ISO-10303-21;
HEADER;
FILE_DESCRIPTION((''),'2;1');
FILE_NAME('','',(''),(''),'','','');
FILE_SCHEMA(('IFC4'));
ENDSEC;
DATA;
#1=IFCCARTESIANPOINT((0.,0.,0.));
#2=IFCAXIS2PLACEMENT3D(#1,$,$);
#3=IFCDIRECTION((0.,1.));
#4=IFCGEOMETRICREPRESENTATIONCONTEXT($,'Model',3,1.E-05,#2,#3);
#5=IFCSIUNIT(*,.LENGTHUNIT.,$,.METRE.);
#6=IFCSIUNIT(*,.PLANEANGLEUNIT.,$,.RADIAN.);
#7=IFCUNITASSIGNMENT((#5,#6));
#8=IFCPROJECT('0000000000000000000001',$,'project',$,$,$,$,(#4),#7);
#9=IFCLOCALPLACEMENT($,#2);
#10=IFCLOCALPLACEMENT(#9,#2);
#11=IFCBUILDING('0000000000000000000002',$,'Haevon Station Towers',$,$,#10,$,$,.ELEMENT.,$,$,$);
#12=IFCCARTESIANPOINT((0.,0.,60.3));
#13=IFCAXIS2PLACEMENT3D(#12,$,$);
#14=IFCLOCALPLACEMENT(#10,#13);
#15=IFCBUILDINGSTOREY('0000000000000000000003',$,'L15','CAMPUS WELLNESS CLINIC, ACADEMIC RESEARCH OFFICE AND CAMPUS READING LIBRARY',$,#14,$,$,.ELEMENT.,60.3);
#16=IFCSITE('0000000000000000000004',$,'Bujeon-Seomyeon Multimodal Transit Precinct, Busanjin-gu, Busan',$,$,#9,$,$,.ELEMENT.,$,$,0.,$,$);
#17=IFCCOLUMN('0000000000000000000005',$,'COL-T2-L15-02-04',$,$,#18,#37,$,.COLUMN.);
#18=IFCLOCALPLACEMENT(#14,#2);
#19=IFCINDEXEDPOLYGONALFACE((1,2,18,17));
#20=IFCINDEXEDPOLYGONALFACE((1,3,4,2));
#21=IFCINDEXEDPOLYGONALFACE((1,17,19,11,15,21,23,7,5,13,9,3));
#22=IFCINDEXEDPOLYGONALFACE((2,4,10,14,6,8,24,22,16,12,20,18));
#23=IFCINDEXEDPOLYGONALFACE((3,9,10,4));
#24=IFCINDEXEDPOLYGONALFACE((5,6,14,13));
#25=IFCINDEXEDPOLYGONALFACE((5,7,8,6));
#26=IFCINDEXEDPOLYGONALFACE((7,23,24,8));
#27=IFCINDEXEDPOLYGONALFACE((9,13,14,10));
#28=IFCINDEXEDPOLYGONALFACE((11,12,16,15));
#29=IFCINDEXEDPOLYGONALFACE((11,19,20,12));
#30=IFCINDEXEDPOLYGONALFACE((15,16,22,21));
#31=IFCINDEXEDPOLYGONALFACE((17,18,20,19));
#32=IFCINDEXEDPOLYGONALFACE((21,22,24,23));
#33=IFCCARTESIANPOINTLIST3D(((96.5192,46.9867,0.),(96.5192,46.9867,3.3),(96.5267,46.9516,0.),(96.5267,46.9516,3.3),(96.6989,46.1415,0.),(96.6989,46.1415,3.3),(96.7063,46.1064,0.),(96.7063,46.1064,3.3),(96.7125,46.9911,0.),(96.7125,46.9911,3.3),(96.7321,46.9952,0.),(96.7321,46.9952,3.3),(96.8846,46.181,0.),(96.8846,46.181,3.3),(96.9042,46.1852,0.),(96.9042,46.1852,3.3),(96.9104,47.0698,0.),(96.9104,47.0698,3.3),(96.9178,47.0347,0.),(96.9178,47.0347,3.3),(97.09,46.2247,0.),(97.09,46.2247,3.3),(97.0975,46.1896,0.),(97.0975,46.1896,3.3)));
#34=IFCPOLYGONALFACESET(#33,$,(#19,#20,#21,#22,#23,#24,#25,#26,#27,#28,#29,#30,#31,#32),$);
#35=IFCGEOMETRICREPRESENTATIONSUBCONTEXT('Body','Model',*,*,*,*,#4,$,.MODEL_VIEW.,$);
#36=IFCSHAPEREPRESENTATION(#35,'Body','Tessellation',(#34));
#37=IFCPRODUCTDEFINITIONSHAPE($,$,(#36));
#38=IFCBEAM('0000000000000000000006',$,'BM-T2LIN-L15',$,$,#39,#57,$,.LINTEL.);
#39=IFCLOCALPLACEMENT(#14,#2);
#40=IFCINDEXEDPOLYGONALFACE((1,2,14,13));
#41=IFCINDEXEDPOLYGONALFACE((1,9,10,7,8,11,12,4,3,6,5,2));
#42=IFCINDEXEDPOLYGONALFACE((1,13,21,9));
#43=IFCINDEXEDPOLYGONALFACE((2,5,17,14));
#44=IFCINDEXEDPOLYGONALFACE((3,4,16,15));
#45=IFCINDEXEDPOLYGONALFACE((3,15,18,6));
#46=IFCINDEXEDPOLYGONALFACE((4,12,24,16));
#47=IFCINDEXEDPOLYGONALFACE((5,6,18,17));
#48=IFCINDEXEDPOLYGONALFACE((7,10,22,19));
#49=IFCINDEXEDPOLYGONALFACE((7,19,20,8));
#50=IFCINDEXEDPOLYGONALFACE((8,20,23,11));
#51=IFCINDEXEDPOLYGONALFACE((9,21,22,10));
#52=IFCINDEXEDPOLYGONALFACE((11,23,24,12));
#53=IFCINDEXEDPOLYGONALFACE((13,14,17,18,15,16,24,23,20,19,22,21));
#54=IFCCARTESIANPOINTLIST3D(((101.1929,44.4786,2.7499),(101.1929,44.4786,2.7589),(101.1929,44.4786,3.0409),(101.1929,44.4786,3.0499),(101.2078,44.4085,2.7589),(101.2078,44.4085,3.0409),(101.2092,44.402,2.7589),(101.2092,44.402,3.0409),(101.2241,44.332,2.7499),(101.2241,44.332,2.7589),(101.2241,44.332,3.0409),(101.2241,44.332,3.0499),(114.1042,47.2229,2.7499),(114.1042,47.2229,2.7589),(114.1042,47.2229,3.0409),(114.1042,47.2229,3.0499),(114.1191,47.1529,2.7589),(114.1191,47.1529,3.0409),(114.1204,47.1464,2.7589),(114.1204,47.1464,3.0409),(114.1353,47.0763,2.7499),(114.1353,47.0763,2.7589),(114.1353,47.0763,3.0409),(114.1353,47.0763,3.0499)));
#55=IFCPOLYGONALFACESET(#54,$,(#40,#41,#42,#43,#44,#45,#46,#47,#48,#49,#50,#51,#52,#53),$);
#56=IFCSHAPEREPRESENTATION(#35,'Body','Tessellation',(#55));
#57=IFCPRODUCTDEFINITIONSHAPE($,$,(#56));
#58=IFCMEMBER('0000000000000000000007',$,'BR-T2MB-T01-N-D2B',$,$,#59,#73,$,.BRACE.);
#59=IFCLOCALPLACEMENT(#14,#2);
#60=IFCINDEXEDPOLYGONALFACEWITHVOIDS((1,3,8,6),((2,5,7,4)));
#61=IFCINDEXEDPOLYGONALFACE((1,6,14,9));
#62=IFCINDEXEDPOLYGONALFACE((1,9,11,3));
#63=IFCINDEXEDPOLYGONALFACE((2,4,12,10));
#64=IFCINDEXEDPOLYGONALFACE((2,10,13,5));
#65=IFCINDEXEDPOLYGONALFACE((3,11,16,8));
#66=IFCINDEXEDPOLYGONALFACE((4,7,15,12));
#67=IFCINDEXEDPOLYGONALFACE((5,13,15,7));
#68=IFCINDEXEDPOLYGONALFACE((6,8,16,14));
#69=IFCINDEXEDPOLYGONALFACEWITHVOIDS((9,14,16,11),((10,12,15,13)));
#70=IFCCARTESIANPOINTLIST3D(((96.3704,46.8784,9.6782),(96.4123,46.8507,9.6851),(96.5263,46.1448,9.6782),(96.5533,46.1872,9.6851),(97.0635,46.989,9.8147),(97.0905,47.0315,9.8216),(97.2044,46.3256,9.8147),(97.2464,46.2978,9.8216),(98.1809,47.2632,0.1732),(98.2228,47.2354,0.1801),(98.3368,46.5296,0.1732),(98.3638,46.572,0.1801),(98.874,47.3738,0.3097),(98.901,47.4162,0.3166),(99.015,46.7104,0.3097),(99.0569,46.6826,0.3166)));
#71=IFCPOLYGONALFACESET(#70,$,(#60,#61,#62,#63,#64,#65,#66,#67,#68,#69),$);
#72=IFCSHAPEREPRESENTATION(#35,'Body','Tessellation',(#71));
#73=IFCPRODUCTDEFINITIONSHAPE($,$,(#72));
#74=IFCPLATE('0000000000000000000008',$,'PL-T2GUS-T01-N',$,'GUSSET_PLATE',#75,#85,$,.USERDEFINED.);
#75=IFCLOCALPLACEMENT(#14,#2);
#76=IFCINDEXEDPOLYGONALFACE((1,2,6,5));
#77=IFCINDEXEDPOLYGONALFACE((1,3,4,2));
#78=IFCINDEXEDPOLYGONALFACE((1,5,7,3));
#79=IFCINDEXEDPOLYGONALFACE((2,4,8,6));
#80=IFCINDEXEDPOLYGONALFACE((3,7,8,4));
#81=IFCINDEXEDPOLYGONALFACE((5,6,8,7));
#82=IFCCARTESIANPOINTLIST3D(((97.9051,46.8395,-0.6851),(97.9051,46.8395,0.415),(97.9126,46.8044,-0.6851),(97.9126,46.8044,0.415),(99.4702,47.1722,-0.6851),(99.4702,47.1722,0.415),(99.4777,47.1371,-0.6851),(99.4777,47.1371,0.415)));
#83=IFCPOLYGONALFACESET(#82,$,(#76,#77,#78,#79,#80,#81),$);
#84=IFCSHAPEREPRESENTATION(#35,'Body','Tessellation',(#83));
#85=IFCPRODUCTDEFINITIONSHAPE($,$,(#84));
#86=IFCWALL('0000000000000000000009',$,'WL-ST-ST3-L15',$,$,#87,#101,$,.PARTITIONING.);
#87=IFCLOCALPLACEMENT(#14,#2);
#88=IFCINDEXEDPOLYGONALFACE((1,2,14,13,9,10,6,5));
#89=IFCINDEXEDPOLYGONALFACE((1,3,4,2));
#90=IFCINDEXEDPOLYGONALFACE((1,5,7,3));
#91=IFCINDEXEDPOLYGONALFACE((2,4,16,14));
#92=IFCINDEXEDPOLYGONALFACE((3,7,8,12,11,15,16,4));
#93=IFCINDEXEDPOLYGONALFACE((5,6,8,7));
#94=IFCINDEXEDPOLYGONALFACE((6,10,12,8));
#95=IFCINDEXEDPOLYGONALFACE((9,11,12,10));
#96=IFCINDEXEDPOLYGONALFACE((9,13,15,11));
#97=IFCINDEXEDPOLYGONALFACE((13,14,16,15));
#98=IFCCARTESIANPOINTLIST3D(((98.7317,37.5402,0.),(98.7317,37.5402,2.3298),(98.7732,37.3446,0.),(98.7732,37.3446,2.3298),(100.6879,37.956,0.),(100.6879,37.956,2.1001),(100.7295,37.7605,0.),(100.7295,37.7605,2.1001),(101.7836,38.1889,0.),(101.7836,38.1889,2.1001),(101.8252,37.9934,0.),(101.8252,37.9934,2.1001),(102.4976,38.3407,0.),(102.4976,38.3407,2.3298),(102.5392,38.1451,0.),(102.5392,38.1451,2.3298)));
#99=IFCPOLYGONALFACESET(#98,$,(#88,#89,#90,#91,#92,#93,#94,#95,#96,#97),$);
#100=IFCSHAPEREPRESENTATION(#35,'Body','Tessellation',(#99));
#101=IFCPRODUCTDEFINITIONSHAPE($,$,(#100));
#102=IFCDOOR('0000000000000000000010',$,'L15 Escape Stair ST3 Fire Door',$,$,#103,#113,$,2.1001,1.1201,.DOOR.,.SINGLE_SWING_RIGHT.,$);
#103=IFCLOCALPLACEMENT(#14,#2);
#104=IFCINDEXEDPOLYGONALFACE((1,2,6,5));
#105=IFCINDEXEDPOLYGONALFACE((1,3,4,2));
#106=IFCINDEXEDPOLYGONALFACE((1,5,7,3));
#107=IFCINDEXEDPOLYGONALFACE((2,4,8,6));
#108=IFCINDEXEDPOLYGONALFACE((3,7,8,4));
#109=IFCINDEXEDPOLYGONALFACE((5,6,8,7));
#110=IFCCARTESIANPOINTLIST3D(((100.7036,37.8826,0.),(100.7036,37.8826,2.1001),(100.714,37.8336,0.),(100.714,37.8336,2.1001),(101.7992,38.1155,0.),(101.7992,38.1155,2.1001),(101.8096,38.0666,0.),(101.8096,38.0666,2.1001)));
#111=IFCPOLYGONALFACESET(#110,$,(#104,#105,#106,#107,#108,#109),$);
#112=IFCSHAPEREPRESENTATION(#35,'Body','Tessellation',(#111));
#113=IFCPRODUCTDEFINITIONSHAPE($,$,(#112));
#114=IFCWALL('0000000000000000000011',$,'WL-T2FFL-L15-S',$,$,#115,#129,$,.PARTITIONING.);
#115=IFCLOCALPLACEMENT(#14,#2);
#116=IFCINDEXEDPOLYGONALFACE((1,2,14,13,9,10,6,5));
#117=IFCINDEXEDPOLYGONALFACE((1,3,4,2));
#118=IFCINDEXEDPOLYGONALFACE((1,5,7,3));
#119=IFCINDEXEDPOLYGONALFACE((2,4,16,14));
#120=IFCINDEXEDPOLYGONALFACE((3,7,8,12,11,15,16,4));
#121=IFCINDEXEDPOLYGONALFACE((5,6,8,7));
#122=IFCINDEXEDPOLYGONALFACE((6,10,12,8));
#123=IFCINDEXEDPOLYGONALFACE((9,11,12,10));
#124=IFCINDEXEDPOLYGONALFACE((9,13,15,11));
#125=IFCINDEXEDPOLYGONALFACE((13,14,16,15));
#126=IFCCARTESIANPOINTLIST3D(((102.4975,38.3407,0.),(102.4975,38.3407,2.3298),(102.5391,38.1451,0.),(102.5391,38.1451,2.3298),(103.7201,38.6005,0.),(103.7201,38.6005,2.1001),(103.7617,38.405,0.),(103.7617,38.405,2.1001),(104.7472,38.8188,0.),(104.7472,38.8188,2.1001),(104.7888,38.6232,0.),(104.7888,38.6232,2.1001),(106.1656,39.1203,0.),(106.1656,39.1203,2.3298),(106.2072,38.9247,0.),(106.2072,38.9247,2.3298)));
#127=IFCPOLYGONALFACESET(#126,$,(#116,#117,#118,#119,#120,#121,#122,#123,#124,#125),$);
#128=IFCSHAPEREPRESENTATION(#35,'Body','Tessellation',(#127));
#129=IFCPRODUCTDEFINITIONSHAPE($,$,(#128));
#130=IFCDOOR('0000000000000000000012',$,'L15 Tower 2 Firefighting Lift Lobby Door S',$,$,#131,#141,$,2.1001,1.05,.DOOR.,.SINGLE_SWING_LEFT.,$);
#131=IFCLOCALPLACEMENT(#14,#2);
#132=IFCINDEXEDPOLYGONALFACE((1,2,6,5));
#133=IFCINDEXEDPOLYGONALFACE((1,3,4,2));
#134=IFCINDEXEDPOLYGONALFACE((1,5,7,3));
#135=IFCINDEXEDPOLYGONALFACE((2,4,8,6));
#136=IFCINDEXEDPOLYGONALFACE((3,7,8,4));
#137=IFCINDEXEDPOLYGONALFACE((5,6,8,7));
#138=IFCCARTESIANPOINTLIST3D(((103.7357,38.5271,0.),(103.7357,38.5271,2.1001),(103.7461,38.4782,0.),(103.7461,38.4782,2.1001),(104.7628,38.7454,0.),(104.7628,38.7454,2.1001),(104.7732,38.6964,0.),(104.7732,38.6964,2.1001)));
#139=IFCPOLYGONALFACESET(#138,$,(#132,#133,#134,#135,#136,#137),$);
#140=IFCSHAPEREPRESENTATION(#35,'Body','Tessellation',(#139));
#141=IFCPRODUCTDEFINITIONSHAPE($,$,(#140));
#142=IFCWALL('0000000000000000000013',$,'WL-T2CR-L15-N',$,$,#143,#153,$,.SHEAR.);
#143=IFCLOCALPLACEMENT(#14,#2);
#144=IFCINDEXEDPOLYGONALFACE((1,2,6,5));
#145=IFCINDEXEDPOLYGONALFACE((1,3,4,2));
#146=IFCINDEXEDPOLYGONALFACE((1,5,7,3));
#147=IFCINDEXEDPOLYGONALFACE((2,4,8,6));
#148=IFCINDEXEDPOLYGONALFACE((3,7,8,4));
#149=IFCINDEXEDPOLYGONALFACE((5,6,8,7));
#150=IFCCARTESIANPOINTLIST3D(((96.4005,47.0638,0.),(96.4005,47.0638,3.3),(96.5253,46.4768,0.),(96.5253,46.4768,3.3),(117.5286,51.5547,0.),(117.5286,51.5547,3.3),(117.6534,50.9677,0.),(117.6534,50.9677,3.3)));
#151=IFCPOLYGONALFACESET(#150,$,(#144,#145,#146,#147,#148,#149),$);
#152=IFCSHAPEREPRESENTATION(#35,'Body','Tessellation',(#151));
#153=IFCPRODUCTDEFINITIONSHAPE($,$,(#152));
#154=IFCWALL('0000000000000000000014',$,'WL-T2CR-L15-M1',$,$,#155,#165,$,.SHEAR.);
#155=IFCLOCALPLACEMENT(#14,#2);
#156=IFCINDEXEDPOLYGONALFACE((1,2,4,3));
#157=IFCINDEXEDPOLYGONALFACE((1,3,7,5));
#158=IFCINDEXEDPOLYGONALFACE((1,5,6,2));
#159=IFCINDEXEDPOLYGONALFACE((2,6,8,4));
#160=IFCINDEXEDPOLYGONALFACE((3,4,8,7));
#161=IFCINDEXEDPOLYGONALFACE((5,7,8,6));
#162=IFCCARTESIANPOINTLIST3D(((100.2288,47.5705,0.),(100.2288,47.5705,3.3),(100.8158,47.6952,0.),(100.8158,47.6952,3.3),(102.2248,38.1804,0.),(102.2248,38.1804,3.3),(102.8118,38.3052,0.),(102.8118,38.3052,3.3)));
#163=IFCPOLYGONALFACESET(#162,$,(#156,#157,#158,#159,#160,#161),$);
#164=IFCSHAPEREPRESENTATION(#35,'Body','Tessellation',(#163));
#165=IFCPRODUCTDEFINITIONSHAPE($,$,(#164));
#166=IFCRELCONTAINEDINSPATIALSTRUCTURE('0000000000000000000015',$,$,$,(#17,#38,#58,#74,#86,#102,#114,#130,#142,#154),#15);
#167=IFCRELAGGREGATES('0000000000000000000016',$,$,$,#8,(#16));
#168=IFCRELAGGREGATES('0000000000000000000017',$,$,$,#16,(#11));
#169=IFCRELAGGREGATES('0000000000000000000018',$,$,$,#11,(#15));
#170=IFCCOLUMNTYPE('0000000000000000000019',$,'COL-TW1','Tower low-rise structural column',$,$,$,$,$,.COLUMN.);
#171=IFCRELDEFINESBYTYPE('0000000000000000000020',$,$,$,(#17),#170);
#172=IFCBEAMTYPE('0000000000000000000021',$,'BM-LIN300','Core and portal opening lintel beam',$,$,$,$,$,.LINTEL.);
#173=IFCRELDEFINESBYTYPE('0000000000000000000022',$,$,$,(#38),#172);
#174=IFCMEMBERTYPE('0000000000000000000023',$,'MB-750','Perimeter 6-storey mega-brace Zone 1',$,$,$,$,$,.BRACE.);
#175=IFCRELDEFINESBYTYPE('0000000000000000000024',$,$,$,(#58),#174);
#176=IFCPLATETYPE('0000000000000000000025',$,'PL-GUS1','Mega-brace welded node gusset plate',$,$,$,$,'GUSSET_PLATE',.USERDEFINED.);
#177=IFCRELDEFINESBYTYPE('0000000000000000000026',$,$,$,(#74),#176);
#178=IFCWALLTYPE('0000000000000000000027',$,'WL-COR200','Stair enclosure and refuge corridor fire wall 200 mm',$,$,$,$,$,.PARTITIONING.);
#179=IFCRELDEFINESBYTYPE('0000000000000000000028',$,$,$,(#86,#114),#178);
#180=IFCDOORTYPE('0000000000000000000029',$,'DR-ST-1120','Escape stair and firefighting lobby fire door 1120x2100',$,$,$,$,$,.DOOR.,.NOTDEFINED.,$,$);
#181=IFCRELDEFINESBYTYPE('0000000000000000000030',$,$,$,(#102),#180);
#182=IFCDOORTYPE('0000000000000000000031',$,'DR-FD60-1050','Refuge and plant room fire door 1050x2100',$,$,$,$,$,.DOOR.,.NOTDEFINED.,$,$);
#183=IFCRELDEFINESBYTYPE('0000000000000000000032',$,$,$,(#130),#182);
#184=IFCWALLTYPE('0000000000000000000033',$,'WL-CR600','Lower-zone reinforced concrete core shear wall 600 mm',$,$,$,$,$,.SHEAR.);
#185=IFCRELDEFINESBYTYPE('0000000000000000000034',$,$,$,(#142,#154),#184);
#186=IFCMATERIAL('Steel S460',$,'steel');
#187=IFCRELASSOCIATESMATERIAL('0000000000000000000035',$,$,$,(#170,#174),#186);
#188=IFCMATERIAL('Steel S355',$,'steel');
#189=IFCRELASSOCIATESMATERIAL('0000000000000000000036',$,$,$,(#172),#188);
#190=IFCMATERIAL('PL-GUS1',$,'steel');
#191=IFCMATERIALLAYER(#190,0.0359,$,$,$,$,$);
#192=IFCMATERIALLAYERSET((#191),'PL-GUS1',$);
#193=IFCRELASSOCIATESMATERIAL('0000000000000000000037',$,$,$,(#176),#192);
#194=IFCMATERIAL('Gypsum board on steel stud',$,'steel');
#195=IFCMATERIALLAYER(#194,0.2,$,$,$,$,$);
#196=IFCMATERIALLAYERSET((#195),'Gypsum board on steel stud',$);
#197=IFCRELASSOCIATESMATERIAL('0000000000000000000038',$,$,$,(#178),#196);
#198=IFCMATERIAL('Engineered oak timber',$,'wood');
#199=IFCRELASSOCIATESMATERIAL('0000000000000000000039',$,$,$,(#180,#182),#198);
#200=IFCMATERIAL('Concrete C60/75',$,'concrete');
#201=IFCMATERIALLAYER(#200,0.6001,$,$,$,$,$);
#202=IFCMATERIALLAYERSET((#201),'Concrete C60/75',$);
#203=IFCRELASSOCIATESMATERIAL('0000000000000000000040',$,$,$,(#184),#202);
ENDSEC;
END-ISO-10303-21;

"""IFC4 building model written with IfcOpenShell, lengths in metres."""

from ifc_helpers import new_model, si_unit, direction, frame, frame_2d, origin, origin_2d, place, context, subcontext, project, spatial, rectangle, hollow_rectangle, i_section, extrude, material, layer, layer_set, material_profile, profile_set, type_object, element, fill, save


model = new_model("IFC4")

# Units and contexts
model_context = context("Model", 3, precision=1e-05, world=origin(), true_north=direction((0.0, 1.0)))
body_context = subcontext(model_context, "Body", "Model", "MODEL_VIEW")
ifc_project = project(units=[si_unit("LENGTHUNIT", "METRE"), si_unit("PLANEANGLEUNIT", "RADIAN")], contexts=[model_context])

# Site, building, storey
site_placement = place(None, origin())
site = spatial("IfcSite", under=ifc_project, at=site_placement, Name="Bujeon-Seomyeon Multimodal Transit Precinct, Busanjin-gu, Busan", CompositionType="ELEMENT", RefElevation=0.0)
building_placement = place(site_placement, origin())
building = spatial("IfcBuilding", under=site, at=building_placement, Name="Haevon Station Towers", CompositionType="ELEMENT")
storey_placement = place(building_placement, frame((0.0, 0.0, 60.3)))
storey = spatial("IfcBuildingStorey", under=building, at=storey_placement, Name="L15", Description="CAMPUS WELLNESS CLINIC, ACADEMIC RESEARCH OFFICE AND CAMPUS READING LIBRARY", CompositionType="ELEMENT", Elevation=60.3)

# Column
ifc_material_1 = material(Name="Steel S460", Category="steel")
ifc_material_profile_1 = material_profile(ifc_material_1, i_section(OverallWidth=0.3999, OverallDepth=0.8999, WebThickness=0.02, FlangeThickness=0.0359, at=origin_2d()), Name="H-900x400x20x36")
ifc_profile_set_1 = profile_set([ifc_material_profile_1], Name="Steel S460")
column_type = type_object("IfcColumnType", Name="COL-TW1", Description="Tower low-rise structural column", PredefinedType="COLUMN", material=ifc_profile_set_1)
column_placement = place(storey_placement, frame((96.8083, 46.5881, 0.0), z_axis=(0.0, 0.0, 1.0), x_axis=(0.978148, 0.207912, 0.0)))
element("IfcColumn", 1, at=column_placement, inside=storey, type_object=column_type, Name="COL-T2-L15-02-04", PredefinedType="COLUMN", context=body_context, shape_type="SweptSolid", body=[
    extrude(i_section(OverallWidth=0.3999, OverallDepth=0.8999, WebThickness=0.02, FlangeThickness=0.0359, at=origin_2d()), origin(), (0.0, 0.0, 1.0), 3.3),
])

# Beam
ifc_material_2 = material(Name="Steel S355", Category="steel")
ifc_material_profile_2 = material_profile(ifc_material_2, i_section(OverallWidth=0.1499, OverallDepth=0.3, WebThickness=0.0066, FlangeThickness=0.009, at=origin_2d()), Name="H-300x150x6.5x9")
ifc_profile_set_2 = profile_set([ifc_material_profile_2], Name="Steel S355")
beam_type = type_object("IfcBeamType", Name="BM-LIN300", Description="Core and portal opening lintel beam", PredefinedType="LINTEL", material=ifc_profile_set_2)
beam_placement = place(storey_placement, frame((101.2085, 44.4053, 2.8999), z_axis=(0.978148, 0.207911, 0.0), x_axis=(-0.207911, 0.978148, 0.0)))
element("IfcBeam", 2, at=beam_placement, inside=storey, type_object=beam_type, Name="BM-T2LIN-L15", PredefinedType="LINTEL", context=body_context, shape_type="SweptSolid", body=[
    extrude(i_section(OverallWidth=0.1499, OverallDepth=0.3, WebThickness=0.0066, FlangeThickness=0.009, at=origin_2d()), origin(), (0.0, 0.0, 1.0), 13.1997),
])

# Member
ifc_material_profile_3 = material_profile(ifc_material_1, hollow_rectangle(XDim=0.75, YDim=0.75, WallThickness=0.0359, at=origin_2d()), Name="RHS-750x750x36")
ifc_profile_set_3 = profile_set([ifc_material_profile_3], Name="Steel S460")
member_type = type_object("IfcMemberType", Name="MB-750", Description="Perimeter 6-storey mega-brace Zone 1", PredefinedType="BRACE", material=ifc_profile_set_3)
member_placement = place(storey_placement, frame((98.6189, 46.9729, 0.2449), z_axis=(-0.186969, -0.039733, 0.981562), x_axis=(0.207871, -0.978156, 0.0)))
element("IfcMember", 3, at=member_placement, inside=storey, type_object=member_type, Name="BR-T2MB-T01-N-D2B", PredefinedType="BRACE", context=body_context, shape_type="SweptSolid", body=[
    extrude(hollow_rectangle(XDim=0.75, YDim=0.75, WallThickness=0.0359, at=origin_2d()), origin(), (0.0, 0.0, 1.0), 9.6836),
])

# Plate
ifc_material_3 = material(Name="PL-GUS1", Category="steel")
ifc_layer_1 = layer(ifc_material_3, 0.0359)
ifc_layer_set_1 = layer_set([ifc_layer_1], Name="PL-GUS1")
plate_type = type_object("IfcPlateType", Name="PL-GUS1", Description="Mega-brace welded node gusset plate", ElementType="GUSSET_PLATE", PredefinedType="USERDEFINED", material=ifc_layer_set_1)
plate_placement = place(storey_placement, frame((98.6914, 46.9883, -0.6851), z_axis=(0.0, 0.0, 1.0), x_axis=(0.978148, 0.207912, 0.0)))
element("IfcPlate", 4, at=plate_placement, inside=storey, type_object=plate_type, Name="PL-T2GUS-T01-N", ObjectType="GUSSET_PLATE", PredefinedType="USERDEFINED", context=body_context, shape_type="SweptSolid", body=[
    extrude(rectangle(XDim=1.6001, YDim=0.0359, at=origin_2d()), origin(), (0.0, 0.0, 1.0), 1.1001),
])

# Walls, openings, doors
ifc_material_4 = material(Name="Gypsum board on steel stud", Category="steel")
ifc_layer_2 = layer(ifc_material_4, 0.2)
ifc_layer_set_2 = layer_set([ifc_layer_2], Name="Gypsum board on steel stud")
wall_type_1 = type_object("IfcWallType", Name="WL-COR200", Description="Stair enclosure and refuge corridor fire wall 200 mm", PredefinedType="PARTITIONING", material=ifc_layer_set_2)
wall_1_placement = place(storey_placement, frame((98.7524, 37.4424, 0.0), z_axis=(0.0, 0.0, 1.0), x_axis=(0.978144, 0.207931, 0.0)))
wall_1 = element("IfcWall", 5, at=wall_1_placement, inside=storey, type_object=wall_type_1, Name="WL-ST-ST3-L15", PredefinedType="PARTITIONING", context=body_context, shape_type="SweptSolid", body=[
    extrude(rectangle(XDim=3.8501, YDim=0.2, at=frame_2d((1.925, 0.0))), origin(), (0.0, 0.0, 1.0), 2.3298),
])
opening_1_placement = place(wall_1_placement, frame((2.0, 0.0, 0.0)))
opening_1 = element("IfcOpeningElement", 6, at=opening_1_placement, cuts=wall_1, PredefinedType="OPENING", context=body_context, shape_type="SweptSolid", body=[
    extrude(rectangle(XDim=1.1201, YDim=2.1001, at=frame_2d((0.5601, 1.05))), frame((0.0, 0.1099, 0.0), z_axis=(0.0, -1.0, 0.0), x_axis=(1.0, 0.0, 0.0)), (0.0, 0.0, 1.0), 0.22),
])
ifc_material_5 = material(Name="Engineered oak timber", Category="wood")
door_type_1 = type_object("IfcDoorType", Name="DR-ST-1120", Description="Escape stair and firefighting lobby fire door 1120x2100", OperationType="NOTDEFINED", PredefinedType="DOOR", material=ifc_material_5)
door_1_placement = place(opening_1_placement, origin())
door_1 = element("IfcDoor", 7, at=door_1_placement, inside=storey, type_object=door_type_1, Name="L15 Escape Stair ST3 Fire Door", OperationType="SINGLE_SWING_RIGHT", OverallHeight=2.1001, OverallWidth=1.1201, PredefinedType="DOOR", context=body_context, shape_type="SweptSolid", body=[
    extrude(rectangle(XDim=1.1201, YDim=2.1001, at=frame_2d((0.5601, 1.05))), frame((0.0, 0.0249, 0.0), z_axis=(0.0, -1.0, 0.0), x_axis=(1.0, 0.0, 0.0)), (0.0, 0.0, 1.0), 0.05),
])
fill(opening_1, door_1)
wall_2_placement = place(storey_placement, frame((102.5183, 38.2429, 0.0), z_axis=(0.0, 0.0, 1.0), x_axis=(0.978154, 0.207884, 0.0)))
wall_2 = element("IfcWall", 8, at=wall_2_placement, inside=storey, type_object=wall_type_1, Name="WL-T2FFL-L15-S", PredefinedType="PARTITIONING", context=body_context, shape_type="SweptSolid", body=[
    extrude(rectangle(XDim=3.75, YDim=0.2, at=frame_2d((1.875, 0.0))), origin(), (0.0, 0.0, 1.0), 2.3298),
])
opening_2_placement = place(wall_2_placement, frame((1.25, 0.0, 0.0)))
opening_2 = element("IfcOpeningElement", 9, at=opening_2_placement, cuts=wall_2, PredefinedType="OPENING", context=body_context, shape_type="SweptSolid", body=[
    extrude(rectangle(XDim=1.05, YDim=2.1001, at=frame_2d((0.5249, 1.05))), frame((0.0, 0.1099, 0.0), z_axis=(0.0, -1.0, 0.0), x_axis=(1.0, 0.0, 0.0)), (0.0, 0.0, 1.0), 0.22),
])
door_type_2 = type_object("IfcDoorType", Name="DR-FD60-1050", Description="Refuge and plant room fire door 1050x2100", OperationType="NOTDEFINED", PredefinedType="DOOR", material=ifc_material_5)
door_2_placement = place(opening_2_placement, origin())
door_2 = element("IfcDoor", 10, at=door_2_placement, inside=storey, type_object=door_type_2, Name="L15 Tower 2 Firefighting Lift Lobby Door S", OperationType="SINGLE_SWING_LEFT", OverallHeight=2.1001, OverallWidth=1.05, PredefinedType="DOOR", context=body_context, shape_type="SweptSolid", body=[
    extrude(rectangle(XDim=1.05, YDim=2.1001, at=frame_2d((0.5249, 1.05))), frame((0.0, 0.0249, 0.0), z_axis=(0.0, -1.0, 0.0), x_axis=(1.0, 0.0, 0.0)), (0.0, 0.0, 1.0), 0.05),
])
fill(opening_2, door_2)

# Walls
ifc_material_6 = material(Name="Concrete C60/75", Category="concrete")
ifc_layer_3 = layer(ifc_material_6, 0.6001)
ifc_layer_set_3 = layer_set([ifc_layer_3], Name="Concrete C60/75")
wall_type_2 = type_object("IfcWallType", Name="WL-CR600", Description="Lower-zone reinforced concrete core shear wall 600 mm", PredefinedType="SHEAR", material=ifc_layer_set_3)
wall_3_placement = place(storey_placement, frame((96.4629, 46.7703, 0.0), z_axis=(0.0, 0.0, 1.0), x_axis=(0.978147, 0.207913, 0.0)))
element("IfcWall", 11, at=wall_3_placement, inside=storey, type_object=wall_type_2, Name="WL-T2CR-L15-N", PredefinedType="SHEAR", context=body_context, shape_type="SweptSolid", body=[
    extrude(rectangle(XDim=21.6001, YDim=0.6001, at=frame_2d((10.8, 0.0))), origin(), (0.0, 0.0, 1.0), 3.3),
])
wall_4_placement = place(storey_placement, frame((102.5183, 38.2429, 0.0), z_axis=(0.0, 0.0, 1.0), x_axis=(-0.207927, 0.978144, 0.0)))
element("IfcWall", 12, at=wall_4_placement, inside=storey, type_object=wall_type_2, Name="WL-T2CR-L15-M1", PredefinedType="SHEAR", context=body_context, shape_type="SweptSolid", body=[
    extrude(rectangle(XDim=9.5999, YDim=0.6001, at=frame_2d((4.7998, 0.0))), origin(), (0.0, 0.0, 1.0), 3.3),
])

save(model, "model.ifc")
